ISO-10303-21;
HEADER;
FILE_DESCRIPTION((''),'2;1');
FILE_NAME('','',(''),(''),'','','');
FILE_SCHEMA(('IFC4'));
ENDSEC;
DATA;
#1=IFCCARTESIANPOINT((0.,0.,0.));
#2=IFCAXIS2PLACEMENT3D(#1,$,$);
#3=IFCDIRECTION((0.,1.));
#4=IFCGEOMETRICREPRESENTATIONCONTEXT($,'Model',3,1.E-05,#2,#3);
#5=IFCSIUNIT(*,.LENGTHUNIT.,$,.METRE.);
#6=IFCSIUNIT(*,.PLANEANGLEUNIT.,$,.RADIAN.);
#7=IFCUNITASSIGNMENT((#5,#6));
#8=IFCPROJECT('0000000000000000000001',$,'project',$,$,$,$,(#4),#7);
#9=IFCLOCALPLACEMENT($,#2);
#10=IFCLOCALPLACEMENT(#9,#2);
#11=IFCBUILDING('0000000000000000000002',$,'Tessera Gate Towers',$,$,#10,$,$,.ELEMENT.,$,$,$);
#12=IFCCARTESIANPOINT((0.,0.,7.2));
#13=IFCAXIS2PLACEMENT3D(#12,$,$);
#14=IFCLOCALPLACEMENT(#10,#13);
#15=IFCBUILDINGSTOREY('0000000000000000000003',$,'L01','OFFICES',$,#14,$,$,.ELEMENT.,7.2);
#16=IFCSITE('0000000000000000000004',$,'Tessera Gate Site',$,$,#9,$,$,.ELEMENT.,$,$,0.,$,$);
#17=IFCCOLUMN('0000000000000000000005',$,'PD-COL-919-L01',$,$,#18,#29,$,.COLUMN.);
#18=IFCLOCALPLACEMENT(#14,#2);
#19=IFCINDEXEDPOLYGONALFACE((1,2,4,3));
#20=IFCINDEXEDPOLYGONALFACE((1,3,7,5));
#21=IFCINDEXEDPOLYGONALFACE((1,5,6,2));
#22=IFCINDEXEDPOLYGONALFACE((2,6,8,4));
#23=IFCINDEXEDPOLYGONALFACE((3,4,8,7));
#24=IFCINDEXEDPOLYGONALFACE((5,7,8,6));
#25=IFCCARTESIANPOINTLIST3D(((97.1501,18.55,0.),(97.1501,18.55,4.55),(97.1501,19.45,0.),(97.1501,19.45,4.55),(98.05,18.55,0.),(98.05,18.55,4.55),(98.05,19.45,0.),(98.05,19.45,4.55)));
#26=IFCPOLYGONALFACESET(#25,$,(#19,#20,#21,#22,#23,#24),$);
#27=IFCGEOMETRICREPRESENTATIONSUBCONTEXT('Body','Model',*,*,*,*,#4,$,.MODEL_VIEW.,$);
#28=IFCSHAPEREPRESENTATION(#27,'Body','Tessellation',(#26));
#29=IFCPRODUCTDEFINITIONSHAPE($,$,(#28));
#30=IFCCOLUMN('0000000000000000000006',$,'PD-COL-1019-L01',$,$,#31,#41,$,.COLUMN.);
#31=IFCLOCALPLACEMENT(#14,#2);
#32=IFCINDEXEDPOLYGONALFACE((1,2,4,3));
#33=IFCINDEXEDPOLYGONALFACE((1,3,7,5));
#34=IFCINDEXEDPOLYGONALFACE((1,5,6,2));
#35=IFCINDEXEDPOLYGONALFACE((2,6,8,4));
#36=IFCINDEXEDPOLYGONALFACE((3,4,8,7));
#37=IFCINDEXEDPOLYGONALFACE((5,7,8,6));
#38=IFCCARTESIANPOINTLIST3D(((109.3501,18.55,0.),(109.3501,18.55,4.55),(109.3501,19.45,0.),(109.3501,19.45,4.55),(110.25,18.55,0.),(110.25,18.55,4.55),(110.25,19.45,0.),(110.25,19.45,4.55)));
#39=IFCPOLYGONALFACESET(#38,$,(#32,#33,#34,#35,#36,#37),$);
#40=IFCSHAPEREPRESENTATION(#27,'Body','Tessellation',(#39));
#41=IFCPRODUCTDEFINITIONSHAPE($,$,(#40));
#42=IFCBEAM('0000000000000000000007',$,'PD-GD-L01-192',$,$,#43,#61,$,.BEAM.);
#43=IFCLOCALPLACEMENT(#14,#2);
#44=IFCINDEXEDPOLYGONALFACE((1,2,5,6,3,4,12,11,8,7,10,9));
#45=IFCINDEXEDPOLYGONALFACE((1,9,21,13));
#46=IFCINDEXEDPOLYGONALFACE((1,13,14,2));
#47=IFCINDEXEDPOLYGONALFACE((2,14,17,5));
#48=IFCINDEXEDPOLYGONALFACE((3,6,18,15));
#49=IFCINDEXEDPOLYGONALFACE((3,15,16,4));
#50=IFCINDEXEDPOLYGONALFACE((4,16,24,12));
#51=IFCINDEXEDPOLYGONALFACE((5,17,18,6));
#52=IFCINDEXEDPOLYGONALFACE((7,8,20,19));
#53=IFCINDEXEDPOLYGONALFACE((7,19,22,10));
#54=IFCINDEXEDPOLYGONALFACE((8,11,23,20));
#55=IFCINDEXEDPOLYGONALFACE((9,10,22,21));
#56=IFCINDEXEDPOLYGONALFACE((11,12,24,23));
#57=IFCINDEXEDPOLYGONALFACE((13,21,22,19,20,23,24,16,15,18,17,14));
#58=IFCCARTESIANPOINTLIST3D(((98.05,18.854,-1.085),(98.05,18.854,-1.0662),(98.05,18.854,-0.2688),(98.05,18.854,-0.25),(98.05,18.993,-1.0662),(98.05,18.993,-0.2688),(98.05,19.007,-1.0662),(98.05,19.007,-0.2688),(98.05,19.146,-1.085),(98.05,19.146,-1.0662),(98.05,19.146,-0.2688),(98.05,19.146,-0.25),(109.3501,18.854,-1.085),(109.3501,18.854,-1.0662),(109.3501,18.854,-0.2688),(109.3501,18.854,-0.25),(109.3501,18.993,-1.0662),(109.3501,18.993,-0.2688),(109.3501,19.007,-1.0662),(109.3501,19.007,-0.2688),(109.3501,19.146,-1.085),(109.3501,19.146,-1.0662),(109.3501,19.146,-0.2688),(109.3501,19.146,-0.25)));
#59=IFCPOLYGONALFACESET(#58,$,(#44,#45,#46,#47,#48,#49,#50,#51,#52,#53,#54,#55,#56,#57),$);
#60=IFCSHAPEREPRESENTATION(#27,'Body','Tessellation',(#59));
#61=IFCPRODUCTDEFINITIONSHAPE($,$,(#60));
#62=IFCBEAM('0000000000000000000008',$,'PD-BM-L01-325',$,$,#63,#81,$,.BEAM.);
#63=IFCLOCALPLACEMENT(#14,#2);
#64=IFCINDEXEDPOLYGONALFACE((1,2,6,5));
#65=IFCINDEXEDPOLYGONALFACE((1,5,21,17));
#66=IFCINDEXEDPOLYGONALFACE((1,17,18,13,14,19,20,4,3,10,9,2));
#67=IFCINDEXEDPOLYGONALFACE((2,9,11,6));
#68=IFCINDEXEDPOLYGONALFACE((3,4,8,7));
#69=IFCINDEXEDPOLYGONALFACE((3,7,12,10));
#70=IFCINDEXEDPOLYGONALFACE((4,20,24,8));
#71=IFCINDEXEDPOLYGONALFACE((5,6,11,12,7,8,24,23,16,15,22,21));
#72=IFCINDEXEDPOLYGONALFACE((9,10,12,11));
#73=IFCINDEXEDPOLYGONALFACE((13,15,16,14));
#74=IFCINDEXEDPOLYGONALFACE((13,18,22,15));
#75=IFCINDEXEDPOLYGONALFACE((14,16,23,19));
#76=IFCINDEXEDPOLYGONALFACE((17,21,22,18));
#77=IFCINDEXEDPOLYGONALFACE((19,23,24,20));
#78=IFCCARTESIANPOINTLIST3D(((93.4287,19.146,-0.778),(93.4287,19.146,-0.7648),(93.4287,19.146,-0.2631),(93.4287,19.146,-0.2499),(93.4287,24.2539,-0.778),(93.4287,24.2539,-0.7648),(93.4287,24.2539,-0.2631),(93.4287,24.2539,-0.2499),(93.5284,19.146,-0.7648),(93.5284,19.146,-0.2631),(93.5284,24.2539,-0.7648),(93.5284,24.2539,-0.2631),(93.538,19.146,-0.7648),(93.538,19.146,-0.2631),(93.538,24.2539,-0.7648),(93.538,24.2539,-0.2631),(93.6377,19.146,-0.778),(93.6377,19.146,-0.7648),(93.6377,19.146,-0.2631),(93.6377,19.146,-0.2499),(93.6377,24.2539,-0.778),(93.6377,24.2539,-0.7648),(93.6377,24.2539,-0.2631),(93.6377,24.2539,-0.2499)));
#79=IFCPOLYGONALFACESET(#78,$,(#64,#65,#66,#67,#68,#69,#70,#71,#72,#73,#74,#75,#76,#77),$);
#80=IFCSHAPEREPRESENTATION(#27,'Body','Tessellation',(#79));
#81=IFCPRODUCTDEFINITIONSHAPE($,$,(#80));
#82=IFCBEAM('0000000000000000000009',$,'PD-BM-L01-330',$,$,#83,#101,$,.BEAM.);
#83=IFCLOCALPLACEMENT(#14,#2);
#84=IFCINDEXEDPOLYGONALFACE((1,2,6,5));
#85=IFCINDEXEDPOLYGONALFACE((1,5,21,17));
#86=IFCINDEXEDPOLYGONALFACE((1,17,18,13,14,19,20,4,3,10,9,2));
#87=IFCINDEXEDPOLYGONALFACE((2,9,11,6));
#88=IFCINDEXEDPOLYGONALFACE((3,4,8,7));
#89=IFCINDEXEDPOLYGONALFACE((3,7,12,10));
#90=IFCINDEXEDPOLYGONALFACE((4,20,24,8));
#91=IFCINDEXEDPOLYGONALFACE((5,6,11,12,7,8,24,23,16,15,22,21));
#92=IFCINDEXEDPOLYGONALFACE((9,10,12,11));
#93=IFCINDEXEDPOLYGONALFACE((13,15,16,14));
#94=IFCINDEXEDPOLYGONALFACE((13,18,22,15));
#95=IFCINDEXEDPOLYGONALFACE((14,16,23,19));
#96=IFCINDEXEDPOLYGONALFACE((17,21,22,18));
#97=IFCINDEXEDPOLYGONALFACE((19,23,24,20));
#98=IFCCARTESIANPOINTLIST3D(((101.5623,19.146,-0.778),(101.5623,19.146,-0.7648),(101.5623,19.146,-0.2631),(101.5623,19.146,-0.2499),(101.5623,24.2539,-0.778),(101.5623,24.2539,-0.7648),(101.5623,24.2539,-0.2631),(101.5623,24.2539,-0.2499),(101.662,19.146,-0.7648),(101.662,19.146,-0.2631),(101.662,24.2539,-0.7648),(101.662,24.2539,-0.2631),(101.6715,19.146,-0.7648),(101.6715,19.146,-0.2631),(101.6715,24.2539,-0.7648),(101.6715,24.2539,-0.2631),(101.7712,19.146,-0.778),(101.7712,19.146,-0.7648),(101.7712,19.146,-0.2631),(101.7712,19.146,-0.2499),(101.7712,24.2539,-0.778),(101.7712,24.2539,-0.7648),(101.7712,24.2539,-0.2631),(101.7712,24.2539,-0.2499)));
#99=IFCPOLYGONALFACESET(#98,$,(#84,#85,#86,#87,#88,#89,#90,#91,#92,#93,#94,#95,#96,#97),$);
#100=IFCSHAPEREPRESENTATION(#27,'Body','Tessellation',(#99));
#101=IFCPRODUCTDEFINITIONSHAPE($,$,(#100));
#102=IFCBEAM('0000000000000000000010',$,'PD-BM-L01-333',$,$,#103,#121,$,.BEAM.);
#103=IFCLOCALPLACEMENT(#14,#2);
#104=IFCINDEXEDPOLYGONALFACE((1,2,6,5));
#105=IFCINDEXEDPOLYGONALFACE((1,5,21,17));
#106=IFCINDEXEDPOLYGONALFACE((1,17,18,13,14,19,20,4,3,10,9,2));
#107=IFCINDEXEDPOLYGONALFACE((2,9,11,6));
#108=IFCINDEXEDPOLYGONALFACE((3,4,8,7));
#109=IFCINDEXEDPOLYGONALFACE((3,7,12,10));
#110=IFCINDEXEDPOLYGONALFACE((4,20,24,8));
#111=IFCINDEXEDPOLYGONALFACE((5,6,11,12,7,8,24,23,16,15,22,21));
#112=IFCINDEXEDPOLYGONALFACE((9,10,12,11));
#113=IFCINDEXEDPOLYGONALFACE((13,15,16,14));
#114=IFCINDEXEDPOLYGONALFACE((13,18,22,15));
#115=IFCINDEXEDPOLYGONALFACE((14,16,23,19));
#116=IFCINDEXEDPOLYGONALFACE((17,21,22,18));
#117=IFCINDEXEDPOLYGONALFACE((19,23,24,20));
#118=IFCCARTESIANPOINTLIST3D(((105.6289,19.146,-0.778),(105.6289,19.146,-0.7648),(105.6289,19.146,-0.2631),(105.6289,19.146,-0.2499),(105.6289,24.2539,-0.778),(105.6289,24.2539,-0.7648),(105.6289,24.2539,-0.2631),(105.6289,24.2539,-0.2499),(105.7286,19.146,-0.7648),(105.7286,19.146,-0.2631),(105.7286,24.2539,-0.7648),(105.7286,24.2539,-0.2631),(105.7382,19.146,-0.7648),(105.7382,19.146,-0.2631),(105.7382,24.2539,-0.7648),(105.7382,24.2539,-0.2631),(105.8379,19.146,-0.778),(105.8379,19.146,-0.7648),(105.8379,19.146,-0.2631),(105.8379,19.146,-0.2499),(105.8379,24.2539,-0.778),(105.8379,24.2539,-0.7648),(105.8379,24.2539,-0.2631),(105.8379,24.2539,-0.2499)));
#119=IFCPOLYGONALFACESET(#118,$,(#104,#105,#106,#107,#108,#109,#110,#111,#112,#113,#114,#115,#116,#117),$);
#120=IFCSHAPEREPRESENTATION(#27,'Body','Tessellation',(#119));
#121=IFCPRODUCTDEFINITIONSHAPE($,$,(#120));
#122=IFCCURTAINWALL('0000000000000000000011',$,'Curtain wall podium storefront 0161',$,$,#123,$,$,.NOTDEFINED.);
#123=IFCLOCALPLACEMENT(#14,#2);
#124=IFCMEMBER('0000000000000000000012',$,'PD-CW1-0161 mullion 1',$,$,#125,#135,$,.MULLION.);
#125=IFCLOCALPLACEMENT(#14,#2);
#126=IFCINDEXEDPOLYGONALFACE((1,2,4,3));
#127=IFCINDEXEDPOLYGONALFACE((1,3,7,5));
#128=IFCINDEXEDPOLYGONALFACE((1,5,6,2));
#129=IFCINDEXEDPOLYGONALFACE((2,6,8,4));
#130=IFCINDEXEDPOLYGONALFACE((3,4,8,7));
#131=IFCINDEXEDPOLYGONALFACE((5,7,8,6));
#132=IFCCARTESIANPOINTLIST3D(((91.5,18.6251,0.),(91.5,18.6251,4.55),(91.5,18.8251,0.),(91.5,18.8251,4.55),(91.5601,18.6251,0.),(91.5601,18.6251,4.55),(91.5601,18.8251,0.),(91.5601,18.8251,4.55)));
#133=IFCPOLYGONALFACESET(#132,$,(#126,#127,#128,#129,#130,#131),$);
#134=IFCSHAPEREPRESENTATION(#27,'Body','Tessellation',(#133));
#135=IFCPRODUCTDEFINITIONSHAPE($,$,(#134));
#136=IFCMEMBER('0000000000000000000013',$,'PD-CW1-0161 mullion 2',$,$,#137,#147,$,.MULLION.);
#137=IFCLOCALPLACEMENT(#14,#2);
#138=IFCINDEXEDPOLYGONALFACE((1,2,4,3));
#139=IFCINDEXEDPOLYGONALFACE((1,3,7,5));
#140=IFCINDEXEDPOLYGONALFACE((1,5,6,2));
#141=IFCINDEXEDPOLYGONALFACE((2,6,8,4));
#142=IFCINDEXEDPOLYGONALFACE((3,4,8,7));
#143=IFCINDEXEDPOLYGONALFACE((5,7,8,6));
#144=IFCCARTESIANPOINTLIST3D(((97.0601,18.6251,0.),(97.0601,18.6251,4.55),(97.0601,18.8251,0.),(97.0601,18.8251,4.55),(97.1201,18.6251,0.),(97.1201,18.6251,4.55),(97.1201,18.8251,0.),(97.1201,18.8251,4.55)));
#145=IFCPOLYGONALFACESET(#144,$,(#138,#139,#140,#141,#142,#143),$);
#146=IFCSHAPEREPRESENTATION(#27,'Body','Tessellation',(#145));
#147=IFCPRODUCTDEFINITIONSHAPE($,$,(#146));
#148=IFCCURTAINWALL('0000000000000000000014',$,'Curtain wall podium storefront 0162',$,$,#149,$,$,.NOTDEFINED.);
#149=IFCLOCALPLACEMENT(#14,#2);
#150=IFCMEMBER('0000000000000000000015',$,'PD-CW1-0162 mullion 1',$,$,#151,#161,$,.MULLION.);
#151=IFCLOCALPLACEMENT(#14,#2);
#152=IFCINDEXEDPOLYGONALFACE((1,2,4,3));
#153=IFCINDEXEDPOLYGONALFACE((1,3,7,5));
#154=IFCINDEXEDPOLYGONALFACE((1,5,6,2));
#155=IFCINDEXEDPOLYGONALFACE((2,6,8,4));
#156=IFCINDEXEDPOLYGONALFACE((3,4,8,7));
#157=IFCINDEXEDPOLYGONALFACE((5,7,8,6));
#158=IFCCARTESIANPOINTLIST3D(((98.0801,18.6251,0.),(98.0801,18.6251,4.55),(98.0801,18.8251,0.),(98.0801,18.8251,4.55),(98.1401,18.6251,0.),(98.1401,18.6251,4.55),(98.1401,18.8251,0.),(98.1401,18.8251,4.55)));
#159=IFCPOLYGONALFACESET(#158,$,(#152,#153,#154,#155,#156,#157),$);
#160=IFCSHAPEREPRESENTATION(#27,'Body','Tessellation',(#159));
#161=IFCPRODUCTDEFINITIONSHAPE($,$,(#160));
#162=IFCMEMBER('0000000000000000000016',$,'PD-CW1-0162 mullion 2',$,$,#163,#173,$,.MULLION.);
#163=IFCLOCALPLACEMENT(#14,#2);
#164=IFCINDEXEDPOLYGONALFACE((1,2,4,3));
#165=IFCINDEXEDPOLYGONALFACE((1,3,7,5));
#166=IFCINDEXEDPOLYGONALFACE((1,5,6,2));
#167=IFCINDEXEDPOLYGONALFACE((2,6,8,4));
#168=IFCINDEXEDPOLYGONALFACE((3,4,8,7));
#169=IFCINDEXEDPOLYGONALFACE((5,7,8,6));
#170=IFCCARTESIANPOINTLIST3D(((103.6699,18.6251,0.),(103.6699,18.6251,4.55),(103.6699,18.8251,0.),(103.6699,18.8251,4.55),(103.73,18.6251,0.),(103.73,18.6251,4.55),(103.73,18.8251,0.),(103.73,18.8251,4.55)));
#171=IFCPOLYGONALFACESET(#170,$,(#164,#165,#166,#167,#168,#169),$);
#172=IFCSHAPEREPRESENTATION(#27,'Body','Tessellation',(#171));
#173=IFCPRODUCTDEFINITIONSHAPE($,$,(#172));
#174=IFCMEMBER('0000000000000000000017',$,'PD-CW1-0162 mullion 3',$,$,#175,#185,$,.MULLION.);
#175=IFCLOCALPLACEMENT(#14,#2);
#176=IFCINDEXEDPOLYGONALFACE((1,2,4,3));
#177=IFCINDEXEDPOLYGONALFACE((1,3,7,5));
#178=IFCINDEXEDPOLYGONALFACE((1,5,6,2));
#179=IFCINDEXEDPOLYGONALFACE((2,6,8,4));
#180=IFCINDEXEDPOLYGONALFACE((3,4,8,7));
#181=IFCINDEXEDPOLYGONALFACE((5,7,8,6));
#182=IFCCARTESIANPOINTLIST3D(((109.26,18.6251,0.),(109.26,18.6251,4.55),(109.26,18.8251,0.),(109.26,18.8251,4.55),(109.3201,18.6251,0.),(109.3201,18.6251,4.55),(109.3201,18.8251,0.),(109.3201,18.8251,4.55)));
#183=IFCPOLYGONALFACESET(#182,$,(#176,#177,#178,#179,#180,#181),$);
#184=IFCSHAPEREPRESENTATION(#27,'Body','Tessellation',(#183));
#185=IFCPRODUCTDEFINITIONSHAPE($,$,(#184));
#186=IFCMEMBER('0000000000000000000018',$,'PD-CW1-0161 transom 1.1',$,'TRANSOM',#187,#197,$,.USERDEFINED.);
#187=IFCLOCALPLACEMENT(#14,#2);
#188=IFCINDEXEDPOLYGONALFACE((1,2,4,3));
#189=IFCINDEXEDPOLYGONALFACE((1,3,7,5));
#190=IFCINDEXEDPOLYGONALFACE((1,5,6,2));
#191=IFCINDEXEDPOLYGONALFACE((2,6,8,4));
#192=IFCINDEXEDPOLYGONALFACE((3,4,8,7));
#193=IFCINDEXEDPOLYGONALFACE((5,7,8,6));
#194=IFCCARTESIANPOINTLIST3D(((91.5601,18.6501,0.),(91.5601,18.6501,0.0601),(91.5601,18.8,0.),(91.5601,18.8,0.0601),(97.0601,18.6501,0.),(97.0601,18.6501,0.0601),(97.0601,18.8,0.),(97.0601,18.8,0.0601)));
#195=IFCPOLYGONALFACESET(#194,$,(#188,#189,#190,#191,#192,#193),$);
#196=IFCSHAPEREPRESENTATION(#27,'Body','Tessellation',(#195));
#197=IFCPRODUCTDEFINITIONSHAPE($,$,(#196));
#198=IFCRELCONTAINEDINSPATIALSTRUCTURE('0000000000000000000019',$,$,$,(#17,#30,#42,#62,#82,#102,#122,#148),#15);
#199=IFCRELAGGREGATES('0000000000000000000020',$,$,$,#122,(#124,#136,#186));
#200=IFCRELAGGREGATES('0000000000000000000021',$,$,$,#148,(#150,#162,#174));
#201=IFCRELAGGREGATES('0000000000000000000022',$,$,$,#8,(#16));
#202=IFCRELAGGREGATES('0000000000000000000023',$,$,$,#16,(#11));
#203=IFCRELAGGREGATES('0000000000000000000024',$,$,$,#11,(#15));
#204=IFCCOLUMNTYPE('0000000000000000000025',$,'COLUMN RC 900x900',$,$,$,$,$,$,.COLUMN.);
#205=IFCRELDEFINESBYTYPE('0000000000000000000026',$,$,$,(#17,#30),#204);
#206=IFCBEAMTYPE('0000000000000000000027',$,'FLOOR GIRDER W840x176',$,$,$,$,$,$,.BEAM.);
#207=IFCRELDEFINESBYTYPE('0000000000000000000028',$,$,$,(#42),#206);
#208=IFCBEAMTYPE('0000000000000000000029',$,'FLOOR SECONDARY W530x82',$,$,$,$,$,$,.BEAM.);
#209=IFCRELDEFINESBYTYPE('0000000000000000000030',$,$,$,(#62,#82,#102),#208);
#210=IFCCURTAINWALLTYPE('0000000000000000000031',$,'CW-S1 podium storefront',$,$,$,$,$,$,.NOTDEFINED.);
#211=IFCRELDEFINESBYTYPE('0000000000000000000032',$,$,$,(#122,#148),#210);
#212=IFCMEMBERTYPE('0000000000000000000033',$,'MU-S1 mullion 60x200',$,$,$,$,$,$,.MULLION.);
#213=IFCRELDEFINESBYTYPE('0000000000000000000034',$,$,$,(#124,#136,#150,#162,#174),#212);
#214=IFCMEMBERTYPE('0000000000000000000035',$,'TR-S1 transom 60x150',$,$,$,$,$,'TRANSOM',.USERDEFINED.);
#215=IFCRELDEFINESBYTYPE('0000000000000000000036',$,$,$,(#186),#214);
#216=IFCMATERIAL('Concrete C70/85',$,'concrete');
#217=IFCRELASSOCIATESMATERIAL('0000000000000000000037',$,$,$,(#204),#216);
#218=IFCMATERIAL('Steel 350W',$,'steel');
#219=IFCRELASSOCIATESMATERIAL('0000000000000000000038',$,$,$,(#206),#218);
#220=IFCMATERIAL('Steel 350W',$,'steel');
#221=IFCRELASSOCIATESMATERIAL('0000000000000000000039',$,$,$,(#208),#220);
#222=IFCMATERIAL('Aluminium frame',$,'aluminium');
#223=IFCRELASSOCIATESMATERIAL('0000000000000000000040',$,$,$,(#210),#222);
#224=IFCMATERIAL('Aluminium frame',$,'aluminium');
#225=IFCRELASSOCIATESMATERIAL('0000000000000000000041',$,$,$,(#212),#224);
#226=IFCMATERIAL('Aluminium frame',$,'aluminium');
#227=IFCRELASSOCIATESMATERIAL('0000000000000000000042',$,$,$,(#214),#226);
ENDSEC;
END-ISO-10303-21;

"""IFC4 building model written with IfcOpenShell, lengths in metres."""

from ifc_helpers import new_model, si_unit, direction, frame, origin, origin_2d, place, context, subcontext, project, spatial, rectangle, i_section, extrude, material, material_profile, profile_set, type_object, element, aggregate, save


model = new_model("IFC4")

# Units and contexts
model_context = context("Model", 3, precision=1e-05, world=origin(), true_north=direction((0.0, 1.0)))
body_context = subcontext(model_context, "Body", "Model", "MODEL_VIEW")
ifc_project = project(units=[si_unit("LENGTHUNIT", "METRE"), si_unit("PLANEANGLEUNIT", "RADIAN")], contexts=[model_context])

# Site, building, storey
site_placement = place(None, origin())
site = spatial("IfcSite", under=ifc_project, at=site_placement, Name="Tessera Gate Site", CompositionType="ELEMENT", RefElevation=0.0)
building_placement = place(site_placement, origin())
building = spatial("IfcBuilding", under=site, at=building_placement, Name="Tessera Gate Towers", CompositionType="ELEMENT")
storey_placement = place(building_placement, frame((0.0, 0.0, 7.2)))
storey = spatial("IfcBuildingStorey", under=building, at=storey_placement, Name="L01", Description="OFFICES", CompositionType="ELEMENT", Elevation=7.2)

# Columns
ifc_material_1 = material(Name="Concrete C70/85", Category="concrete")
ifc_material_profile_1 = material_profile(ifc_material_1, rectangle(XDim=0.8999, YDim=0.8999, at=origin_2d()), Name="RC 900x900")
ifc_profile_set_1 = profile_set([ifc_material_profile_1], Name="Concrete C70/85")
column_type = type_object("IfcColumnType", Name="COLUMN RC 900x900", PredefinedType="COLUMN", material=ifc_profile_set_1)
for number, where, z_axis, x_axis, name in (
    (1, (97.6001, 19.0, 0.0), (0.0, 0.0, 1.0), (1.0, 0.0, 0.0), "PD-COL-919-L01"),
    (2, (109.8, 19.0, 0.0), (0.0, 0.0, 1.0), (1.0, 0.0, 0.0), "PD-COL-1019-L01"),
):
    element("IfcColumn", number, at=place(storey_placement, frame(where, z_axis=z_axis, x_axis=x_axis)), inside=storey, type_object=column_type, Name=name, PredefinedType="COLUMN", context=body_context, shape_type="SweptSolid", body=[
        extrude(rectangle(XDim=0.8999, YDim=0.8999, at=origin_2d()), origin(), (0.0, 0.0, 1.0), 4.55),
    ])

# Beams
ifc_material_2 = material(Name="Steel 350W", Category="steel")
ifc_material_profile_2 = material_profile(ifc_material_2, i_section(OverallWidth=0.292, OverallDepth=0.835, WebThickness=0.0139, FlangeThickness=0.0188, at=origin_2d()), Name="W840x176")
ifc_profile_set_2 = profile_set([ifc_material_profile_2], Name="Steel 350W")
beam_type_1 = type_object("IfcBeamType", Name="FLOOR GIRDER W840x176", PredefinedType="BEAM", material=ifc_profile_set_2)
beam_placement = place(storey_placement, frame((98.05, 19.0, -0.6675), z_axis=(1.0, 0.0, 0.0), x_axis=(0.0, 1.0, 0.0)))
element("IfcBeam", 3, at=beam_placement, inside=storey, type_object=beam_type_1, Name="PD-GD-L01-192", PredefinedType="BEAM", context=body_context, shape_type="SweptSolid", body=[
    extrude(i_section(OverallWidth=0.292, OverallDepth=0.835, WebThickness=0.0139, FlangeThickness=0.0188, at=origin_2d()), origin(), (0.0, 0.0, 1.0), 11.3),
])
ifc_material_3 = material(Name="Steel 350W", Category="steel")
ifc_material_profile_3 = material_profile(ifc_material_3, i_section(OverallWidth=0.209, OverallDepth=0.5281, WebThickness=0.0095, FlangeThickness=0.0132, at=origin_2d()), Name="W530x82")
ifc_profile_set_3 = profile_set([ifc_material_profile_3], Name="Steel 350W")
beam_type_2 = type_object("IfcBeamType", Name="FLOOR SECONDARY W530x82", PredefinedType="BEAM", material=ifc_profile_set_3)
for number, where, z_axis, x_axis, name in (
    (4, (93.5332, 19.146, -0.5139), (0.0, 1.0, 0.0), (-1.0, 0.0, 0.0), "PD-BM-L01-325"),
    (5, (101.6667, 19.146, -0.5139), (0.0, 1.0, 0.0), (-1.0, 0.0, 0.0), "PD-BM-L01-330"),
    (6, (105.7334, 19.146, -0.5139), (0.0, 1.0, 0.0), (-1.0, 0.0, 0.0), "PD-BM-L01-333"),
):
    element("IfcBeam", number, at=place(storey_placement, frame(where, z_axis=z_axis, x_axis=x_axis)), inside=storey, type_object=beam_type_2, Name=name, PredefinedType="BEAM", context=body_context, shape_type="SweptSolid", body=[
        extrude(i_section(OverallWidth=0.209, OverallDepth=0.5281, WebThickness=0.0095, FlangeThickness=0.0132, at=origin_2d()), origin(), (0.0, 0.0, 1.0), 5.1079),
    ])

# Curtain walls, members
ifc_material_4 = material(Name="Aluminium frame", Category="aluminium")
curtain_wall_type = type_object("IfcCurtainWallType", Name="CW-S1 podium storefront", PredefinedType="NOTDEFINED", material=ifc_material_4)
curtain_wall_1_placement = place(storey_placement, origin())
curtain_wall_1 = element("IfcCurtainWall", 7, at=curtain_wall_1_placement, inside=storey, type_object=curtain_wall_type, Name="Curtain wall podium storefront 0161", PredefinedType="NOTDEFINED")
ifc_material_5 = material(Name="Aluminium frame", Category="aluminium")
ifc_material_profile_4 = material_profile(ifc_material_5, rectangle(XDim=0.0601, YDim=0.2, at=origin_2d()), Name="AL 60x200")
ifc_profile_set_4 = profile_set([ifc_material_profile_4], Name="Aluminium frame")
member_type_1 = type_object("IfcMemberType", Name="MU-S1 mullion 60x200", PredefinedType="MULLION", material=ifc_profile_set_4)
member_1_placement = place(storey_placement, frame((91.53, 18.7251, 0.0), z_axis=(0.0, 0.0, 1.0), x_axis=(1.0, 0.0, 0.0)))
member_1 = element("IfcMember", 8, at=member_1_placement, type_object=member_type_1, Name="PD-CW1-0161 mullion 1", PredefinedType="MULLION", context=body_context, shape_type="SweptSolid", body=[
    extrude(rectangle(XDim=0.0601, YDim=0.2, at=origin_2d()), origin(), (0.0, 0.0, 1.0), 4.55),
])
member_2_placement = place(storey_placement, frame((97.0901, 18.7251, 0.0), z_axis=(0.0, 0.0, 1.0), x_axis=(1.0, 0.0, 0.0)))
member_2 = element("IfcMember", 9, at=member_2_placement, type_object=member_type_1, Name="PD-CW1-0161 mullion 2", PredefinedType="MULLION", context=body_context, shape_type="SweptSolid", body=[
    extrude(rectangle(XDim=0.0601, YDim=0.2, at=origin_2d()), origin(), (0.0, 0.0, 1.0), 4.55),
])
curtain_wall_2_placement = place(storey_placement, origin())
curtain_wall_2 = element("IfcCurtainWall", 10, at=curtain_wall_2_placement, inside=storey, type_object=curtain_wall_type, Name="Curtain wall podium storefront 0162", PredefinedType="NOTDEFINED")
member_3_placement = place(storey_placement, frame((98.1101, 18.7251, 0.0), z_axis=(0.0, 0.0, 1.0), x_axis=(1.0, 0.0, 0.0)))
member_3 = element("IfcMember", 11, at=member_3_placement, type_object=member_type_1, Name="PD-CW1-0162 mullion 1", PredefinedType="MULLION", context=body_context, shape_type="SweptSolid", body=[
    extrude(rectangle(XDim=0.0601, YDim=0.2, at=origin_2d()), origin(), (0.0, 0.0, 1.0), 4.55),
])
member_4_placement = place(storey_placement, frame((103.7, 18.7251, 0.0), z_axis=(0.0, 0.0, 1.0), x_axis=(1.0, 0.0, 0.0)))
member_4 = element("IfcMember", 12, at=member_4_placement, type_object=member_type_1, Name="PD-CW1-0162 mullion 2", PredefinedType="MULLION", context=body_context, shape_type="SweptSolid", body=[
    extrude(rectangle(XDim=0.0601, YDim=0.2, at=origin_2d()), origin(), (0.0, 0.0, 1.0), 4.55),
])
member_5_placement = place(storey_placement, frame((109.29, 18.7251, 0.0), z_axis=(0.0, 0.0, 1.0), x_axis=(1.0, 0.0, 0.0)))
member_5 = element("IfcMember", 13, at=member_5_placement, type_object=member_type_1, Name="PD-CW1-0162 mullion 3", PredefinedType="MULLION", context=body_context, shape_type="SweptSolid", body=[
    extrude(rectangle(XDim=0.0601, YDim=0.2, at=origin_2d()), origin(), (0.0, 0.0, 1.0), 4.55),
])

# Member
ifc_material_6 = material(Name="Aluminium frame", Category="aluminium")
ifc_material_profile_5 = material_profile(ifc_material_6, rectangle(XDim=0.1499, YDim=0.0601, at=origin_2d()), Name="AL 60x150")
ifc_profile_set_5 = profile_set([ifc_material_profile_5], Name="Aluminium frame")
member_type_2 = type_object("IfcMemberType", Name="TR-S1 transom 60x150", ElementType="TRANSOM", PredefinedType="USERDEFINED", material=ifc_profile_set_5)
member_6_placement = place(storey_placement, frame((91.5601, 18.7251, 0.03), z_axis=(1.0, 0.0, 0.0), x_axis=(0.0, 1.0, 0.0)))
member_6 = element("IfcMember", 14, at=member_6_placement, type_object=member_type_2, Name="PD-CW1-0161 transom 1.1", ObjectType="TRANSOM", PredefinedType="USERDEFINED", context=body_context, shape_type="SweptSolid", body=[
    extrude(rectangle(XDim=0.1499, YDim=0.0601, at=origin_2d()), origin(), (0.0, 0.0, 1.0), 5.5),
])

aggregate(curtain_wall_1, [member_1, member_2, member_6])
aggregate(curtain_wall_2, [member_3, member_4, member_5])

save(model, "model.ifc")
